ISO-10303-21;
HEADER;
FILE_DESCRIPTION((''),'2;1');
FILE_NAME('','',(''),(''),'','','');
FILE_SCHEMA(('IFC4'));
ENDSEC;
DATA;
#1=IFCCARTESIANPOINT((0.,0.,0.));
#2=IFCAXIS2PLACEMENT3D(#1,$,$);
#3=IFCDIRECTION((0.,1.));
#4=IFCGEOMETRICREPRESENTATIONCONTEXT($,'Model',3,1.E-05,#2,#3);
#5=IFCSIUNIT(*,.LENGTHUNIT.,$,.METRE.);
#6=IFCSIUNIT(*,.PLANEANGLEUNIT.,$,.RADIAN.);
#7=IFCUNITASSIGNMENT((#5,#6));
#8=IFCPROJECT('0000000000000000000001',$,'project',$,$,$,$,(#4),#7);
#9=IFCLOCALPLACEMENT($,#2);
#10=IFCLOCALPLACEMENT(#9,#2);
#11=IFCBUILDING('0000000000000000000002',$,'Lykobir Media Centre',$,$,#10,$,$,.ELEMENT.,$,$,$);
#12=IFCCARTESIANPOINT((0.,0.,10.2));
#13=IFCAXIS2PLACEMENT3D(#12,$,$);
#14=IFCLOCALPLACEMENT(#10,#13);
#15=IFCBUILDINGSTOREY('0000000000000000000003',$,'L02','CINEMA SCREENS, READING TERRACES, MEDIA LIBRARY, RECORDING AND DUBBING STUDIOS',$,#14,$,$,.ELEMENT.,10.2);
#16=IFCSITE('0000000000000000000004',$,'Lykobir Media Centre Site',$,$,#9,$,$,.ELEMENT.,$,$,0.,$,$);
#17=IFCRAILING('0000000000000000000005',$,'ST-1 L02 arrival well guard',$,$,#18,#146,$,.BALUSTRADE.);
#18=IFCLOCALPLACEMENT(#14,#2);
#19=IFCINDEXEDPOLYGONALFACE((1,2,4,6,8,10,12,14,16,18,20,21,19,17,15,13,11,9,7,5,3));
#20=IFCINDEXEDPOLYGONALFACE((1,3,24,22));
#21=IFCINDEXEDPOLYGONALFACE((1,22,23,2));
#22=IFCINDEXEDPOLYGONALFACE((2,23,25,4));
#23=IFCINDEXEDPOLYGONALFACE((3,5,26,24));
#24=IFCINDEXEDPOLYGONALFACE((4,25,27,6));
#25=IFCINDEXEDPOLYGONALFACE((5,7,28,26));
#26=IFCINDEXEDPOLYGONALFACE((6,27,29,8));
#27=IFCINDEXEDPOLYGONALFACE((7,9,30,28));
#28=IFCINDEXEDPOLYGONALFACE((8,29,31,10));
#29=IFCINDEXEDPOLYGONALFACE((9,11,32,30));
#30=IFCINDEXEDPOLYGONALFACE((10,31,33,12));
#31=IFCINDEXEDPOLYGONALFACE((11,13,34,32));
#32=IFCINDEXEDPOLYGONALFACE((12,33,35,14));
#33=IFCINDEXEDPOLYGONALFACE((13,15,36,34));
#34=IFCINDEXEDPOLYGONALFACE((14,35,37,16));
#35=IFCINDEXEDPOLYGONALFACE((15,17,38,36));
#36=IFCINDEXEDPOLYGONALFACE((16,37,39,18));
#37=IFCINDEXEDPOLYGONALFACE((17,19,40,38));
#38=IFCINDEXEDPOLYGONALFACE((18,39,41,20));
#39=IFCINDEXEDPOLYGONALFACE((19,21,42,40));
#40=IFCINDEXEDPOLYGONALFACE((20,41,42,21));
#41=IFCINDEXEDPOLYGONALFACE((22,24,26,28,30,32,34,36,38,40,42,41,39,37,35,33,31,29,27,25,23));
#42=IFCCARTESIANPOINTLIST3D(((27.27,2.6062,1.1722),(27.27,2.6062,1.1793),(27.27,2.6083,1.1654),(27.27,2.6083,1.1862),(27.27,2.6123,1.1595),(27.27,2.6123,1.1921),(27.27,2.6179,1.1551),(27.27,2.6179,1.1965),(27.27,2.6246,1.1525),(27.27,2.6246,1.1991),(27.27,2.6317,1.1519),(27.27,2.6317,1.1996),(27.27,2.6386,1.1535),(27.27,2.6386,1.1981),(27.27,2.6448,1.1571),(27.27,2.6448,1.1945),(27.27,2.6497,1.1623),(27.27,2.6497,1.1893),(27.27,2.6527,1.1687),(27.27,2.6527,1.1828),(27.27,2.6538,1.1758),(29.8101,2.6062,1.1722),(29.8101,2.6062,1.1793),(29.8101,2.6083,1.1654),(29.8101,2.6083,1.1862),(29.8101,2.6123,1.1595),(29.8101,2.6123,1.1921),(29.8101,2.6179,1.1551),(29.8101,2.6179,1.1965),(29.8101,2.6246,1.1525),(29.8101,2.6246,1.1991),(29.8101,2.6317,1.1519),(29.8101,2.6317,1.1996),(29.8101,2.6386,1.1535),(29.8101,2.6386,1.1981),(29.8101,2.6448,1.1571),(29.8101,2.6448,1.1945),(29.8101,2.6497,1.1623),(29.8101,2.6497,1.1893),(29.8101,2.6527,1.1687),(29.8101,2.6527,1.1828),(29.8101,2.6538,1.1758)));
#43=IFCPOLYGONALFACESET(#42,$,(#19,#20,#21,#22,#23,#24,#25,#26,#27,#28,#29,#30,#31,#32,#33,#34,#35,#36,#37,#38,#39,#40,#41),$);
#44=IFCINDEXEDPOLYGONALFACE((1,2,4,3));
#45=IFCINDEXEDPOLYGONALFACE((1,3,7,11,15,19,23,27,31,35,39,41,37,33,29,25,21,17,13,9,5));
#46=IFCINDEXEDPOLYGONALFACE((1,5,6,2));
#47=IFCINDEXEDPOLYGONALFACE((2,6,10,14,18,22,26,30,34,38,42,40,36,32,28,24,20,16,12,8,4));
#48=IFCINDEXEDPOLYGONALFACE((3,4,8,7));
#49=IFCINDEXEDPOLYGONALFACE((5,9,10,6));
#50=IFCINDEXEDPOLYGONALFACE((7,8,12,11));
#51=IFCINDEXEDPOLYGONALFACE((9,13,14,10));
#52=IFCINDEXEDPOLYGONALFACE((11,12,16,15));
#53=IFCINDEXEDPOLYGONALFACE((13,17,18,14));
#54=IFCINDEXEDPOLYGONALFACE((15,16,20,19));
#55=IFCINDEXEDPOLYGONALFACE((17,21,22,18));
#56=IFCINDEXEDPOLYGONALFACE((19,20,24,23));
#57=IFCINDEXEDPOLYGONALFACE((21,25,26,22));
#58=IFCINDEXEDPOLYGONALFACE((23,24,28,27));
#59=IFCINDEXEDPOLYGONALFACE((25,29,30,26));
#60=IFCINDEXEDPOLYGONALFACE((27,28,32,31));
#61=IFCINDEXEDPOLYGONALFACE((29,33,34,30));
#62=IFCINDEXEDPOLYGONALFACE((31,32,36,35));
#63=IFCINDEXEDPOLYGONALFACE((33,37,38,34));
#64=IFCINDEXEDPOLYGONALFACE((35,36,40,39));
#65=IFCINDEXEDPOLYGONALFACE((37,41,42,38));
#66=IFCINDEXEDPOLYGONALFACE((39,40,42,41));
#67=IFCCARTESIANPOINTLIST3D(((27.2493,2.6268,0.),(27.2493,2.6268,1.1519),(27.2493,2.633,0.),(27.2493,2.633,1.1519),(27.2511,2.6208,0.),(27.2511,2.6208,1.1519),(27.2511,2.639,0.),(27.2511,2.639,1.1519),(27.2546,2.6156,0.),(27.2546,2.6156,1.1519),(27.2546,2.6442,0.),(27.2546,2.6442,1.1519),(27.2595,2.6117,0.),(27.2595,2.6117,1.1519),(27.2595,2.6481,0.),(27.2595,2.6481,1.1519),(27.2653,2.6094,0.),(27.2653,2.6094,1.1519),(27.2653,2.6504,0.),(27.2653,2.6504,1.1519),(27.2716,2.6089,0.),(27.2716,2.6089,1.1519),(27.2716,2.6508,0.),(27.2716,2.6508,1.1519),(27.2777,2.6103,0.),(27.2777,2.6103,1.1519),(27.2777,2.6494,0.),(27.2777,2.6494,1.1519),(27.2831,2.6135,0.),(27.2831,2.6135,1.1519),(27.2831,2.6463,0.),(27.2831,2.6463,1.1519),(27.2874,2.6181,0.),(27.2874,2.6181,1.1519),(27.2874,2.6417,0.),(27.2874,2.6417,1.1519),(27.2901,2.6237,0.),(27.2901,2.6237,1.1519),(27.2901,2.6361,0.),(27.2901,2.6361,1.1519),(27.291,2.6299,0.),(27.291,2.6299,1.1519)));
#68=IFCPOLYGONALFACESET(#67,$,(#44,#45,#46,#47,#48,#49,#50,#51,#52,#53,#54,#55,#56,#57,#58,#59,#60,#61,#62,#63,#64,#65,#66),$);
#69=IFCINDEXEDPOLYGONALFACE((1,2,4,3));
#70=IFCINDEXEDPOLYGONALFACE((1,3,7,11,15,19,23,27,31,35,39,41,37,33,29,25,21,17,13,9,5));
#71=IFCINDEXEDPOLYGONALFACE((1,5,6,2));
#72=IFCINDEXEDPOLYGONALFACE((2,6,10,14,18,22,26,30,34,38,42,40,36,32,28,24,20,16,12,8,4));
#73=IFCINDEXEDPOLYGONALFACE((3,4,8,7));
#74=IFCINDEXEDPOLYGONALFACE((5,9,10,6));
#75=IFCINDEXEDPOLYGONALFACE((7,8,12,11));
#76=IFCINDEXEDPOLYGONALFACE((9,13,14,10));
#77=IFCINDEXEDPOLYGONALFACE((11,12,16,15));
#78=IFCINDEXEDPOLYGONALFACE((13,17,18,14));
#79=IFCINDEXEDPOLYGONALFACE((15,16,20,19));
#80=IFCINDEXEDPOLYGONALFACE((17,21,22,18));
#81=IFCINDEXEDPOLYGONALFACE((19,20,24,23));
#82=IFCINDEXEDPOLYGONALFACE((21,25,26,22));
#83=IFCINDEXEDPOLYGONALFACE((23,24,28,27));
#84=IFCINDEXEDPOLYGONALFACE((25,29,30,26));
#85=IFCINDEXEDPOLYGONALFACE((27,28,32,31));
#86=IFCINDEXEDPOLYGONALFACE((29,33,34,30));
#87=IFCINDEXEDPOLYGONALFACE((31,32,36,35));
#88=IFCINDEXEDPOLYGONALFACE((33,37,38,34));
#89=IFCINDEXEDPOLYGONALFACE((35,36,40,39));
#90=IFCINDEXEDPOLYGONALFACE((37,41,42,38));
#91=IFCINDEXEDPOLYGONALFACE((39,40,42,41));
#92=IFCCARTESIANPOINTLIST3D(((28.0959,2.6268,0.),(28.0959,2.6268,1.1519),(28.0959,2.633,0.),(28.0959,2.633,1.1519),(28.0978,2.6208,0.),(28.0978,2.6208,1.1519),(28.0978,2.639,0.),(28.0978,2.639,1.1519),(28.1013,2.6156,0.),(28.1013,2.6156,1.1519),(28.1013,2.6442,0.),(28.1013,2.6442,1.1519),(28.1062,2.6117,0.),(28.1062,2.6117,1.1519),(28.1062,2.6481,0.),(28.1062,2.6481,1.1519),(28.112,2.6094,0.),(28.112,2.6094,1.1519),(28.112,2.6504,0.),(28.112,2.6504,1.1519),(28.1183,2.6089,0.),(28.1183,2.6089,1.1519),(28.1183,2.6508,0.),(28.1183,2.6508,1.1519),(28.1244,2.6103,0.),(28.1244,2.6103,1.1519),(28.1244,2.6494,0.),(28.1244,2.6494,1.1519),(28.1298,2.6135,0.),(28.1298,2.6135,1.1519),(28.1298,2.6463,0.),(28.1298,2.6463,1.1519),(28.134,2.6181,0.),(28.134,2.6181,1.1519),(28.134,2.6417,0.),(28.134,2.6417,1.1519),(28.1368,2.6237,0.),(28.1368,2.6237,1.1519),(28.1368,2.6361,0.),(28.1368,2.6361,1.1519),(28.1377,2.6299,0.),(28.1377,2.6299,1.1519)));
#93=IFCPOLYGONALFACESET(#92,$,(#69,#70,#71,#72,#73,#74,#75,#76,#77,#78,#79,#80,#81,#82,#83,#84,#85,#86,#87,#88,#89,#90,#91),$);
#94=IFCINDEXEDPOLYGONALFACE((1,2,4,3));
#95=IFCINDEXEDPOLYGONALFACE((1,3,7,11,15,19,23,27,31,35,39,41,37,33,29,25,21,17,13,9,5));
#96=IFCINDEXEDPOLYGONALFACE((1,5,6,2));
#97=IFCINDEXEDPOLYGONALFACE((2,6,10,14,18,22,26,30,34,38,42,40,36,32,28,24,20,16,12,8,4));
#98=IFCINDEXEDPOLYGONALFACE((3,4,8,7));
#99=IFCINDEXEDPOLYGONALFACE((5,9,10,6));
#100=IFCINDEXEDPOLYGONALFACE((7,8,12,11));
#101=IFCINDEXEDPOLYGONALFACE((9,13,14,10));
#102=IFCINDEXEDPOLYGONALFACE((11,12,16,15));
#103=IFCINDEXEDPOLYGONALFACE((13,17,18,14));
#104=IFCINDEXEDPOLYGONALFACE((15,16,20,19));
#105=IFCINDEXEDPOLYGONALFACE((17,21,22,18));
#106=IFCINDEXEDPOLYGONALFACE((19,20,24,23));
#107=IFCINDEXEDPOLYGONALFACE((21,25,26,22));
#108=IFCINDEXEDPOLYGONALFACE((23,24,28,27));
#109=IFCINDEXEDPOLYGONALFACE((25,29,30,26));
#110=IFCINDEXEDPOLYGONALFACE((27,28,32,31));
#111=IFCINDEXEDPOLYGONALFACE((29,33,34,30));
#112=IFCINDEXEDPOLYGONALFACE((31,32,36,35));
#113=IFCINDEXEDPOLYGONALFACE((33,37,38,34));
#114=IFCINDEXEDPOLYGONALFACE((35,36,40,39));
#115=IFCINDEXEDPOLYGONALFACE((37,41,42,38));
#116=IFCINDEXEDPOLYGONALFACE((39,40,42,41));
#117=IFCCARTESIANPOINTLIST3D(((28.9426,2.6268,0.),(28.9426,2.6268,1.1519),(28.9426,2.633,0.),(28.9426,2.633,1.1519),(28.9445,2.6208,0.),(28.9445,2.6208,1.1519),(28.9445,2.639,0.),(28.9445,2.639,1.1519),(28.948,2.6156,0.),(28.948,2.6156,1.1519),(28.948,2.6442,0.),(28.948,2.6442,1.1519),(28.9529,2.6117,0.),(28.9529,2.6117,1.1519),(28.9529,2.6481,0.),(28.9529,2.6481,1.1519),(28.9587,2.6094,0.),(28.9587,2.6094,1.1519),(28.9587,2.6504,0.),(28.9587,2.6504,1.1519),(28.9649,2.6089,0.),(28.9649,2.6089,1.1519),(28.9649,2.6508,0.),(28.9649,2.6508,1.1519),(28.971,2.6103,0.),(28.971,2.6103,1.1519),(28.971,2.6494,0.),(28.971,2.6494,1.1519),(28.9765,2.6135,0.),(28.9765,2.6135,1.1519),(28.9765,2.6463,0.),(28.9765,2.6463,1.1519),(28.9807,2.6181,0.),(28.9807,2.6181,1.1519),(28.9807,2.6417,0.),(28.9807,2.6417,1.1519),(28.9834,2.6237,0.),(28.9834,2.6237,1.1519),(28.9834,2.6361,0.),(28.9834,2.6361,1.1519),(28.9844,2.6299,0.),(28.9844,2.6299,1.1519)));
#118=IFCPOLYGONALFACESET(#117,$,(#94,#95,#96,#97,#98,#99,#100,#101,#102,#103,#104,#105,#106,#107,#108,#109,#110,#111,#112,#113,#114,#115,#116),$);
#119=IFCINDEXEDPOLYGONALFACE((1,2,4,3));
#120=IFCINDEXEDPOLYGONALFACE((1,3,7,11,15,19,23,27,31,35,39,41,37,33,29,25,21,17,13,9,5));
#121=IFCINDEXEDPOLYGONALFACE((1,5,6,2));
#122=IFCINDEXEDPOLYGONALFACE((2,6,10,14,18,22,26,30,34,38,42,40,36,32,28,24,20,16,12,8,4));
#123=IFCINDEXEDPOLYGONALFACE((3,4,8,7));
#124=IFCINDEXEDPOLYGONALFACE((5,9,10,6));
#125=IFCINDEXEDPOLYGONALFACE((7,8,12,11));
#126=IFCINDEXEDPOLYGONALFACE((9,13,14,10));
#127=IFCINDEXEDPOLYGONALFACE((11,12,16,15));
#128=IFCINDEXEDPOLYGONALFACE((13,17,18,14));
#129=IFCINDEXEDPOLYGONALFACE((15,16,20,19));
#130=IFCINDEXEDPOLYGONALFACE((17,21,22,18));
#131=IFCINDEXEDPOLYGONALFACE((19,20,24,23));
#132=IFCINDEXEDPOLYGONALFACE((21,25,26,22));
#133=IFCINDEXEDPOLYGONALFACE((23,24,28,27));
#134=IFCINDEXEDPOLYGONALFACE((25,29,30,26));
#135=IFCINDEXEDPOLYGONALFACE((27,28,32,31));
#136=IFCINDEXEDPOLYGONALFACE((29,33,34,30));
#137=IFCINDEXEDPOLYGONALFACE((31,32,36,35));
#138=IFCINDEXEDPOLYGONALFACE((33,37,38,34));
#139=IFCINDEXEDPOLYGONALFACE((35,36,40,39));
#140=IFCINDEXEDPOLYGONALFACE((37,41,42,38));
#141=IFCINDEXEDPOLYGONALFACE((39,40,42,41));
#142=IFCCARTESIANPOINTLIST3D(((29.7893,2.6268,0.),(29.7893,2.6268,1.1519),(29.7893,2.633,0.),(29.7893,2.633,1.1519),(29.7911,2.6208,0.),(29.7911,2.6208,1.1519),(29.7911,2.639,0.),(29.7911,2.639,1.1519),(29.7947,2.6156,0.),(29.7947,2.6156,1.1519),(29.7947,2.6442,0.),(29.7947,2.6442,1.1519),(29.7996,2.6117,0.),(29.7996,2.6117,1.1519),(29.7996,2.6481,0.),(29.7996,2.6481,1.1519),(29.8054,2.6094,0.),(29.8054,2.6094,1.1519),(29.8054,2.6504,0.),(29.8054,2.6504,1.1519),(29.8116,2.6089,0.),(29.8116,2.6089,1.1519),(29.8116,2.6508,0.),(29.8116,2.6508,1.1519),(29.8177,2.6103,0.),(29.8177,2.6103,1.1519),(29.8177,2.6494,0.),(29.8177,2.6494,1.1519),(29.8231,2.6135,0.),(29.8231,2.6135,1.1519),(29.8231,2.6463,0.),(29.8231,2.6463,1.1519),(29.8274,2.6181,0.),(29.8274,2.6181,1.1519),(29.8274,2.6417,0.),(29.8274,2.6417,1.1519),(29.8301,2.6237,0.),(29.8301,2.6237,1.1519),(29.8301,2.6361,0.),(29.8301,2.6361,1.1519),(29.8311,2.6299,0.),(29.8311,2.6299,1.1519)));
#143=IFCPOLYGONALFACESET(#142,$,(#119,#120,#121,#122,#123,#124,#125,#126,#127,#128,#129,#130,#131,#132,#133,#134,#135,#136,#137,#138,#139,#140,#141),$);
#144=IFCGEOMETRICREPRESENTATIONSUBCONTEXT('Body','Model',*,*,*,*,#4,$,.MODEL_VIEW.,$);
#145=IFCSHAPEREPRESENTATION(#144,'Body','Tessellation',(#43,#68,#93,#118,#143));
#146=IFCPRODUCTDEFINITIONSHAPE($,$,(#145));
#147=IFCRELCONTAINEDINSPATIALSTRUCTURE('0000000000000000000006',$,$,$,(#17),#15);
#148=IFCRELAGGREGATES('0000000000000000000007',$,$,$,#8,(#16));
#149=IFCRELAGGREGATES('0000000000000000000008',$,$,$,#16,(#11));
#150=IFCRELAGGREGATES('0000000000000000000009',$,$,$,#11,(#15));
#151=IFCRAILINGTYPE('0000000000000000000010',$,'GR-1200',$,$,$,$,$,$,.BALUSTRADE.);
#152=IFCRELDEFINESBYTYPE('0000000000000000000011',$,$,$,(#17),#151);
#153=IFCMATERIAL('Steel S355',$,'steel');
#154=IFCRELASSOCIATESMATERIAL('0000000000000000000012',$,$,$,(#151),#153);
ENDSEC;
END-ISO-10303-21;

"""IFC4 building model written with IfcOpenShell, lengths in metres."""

from ifc_helpers import new_model, si_unit, direction, frame, origin, origin_2d, place, context, subcontext, project, spatial, circle, extrude, material, type_object, element, save


model = new_model("IFC4")

# Units and contexts
model_context = context("Model", 3, precision=1e-05, world=origin(), true_north=direction((0.0, 1.0)))
body_context = subcontext(model_context, "Body", "Model", "MODEL_VIEW")
ifc_project = project(units=[si_unit("LENGTHUNIT", "METRE"), si_unit("PLANEANGLEUNIT", "RADIAN")], contexts=[model_context])

# Site, building, storey
site_placement = place(None, origin())
site = spatial("IfcSite", under=ifc_project, at=site_placement, Name="Lykobir Media Centre Site", CompositionType="ELEMENT", RefElevation=0.0)
building_placement = place(site_placement, origin())
building = spatial("IfcBuilding", under=site, at=building_placement, Name="Lykobir Media Centre", CompositionType="ELEMENT")
storey_placement = place(building_placement, frame((0.0, 0.0, 10.2)))
storey = spatial("IfcBuildingStorey", under=building, at=storey_placement, Name="L02", Description="CINEMA SCREENS, READING TERRACES, MEDIA LIBRARY, RECORDING AND DUBBING STUDIOS", CompositionType="ELEMENT", Elevation=10.2)

# Shared definitions
ifc_material_1 = material(Name="Steel S355", Category="steel")

# Railing
railing_type_1 = type_object("IfcRailingType", Name="GR-1200", PredefinedType="BALUSTRADE", material=ifc_material_1)
railing_1_placement = place(storey_placement, frame((27.27, 2.6299, 0.0)))
element("IfcRailing", 1, at=railing_1_placement, inside=storey, type_object=railing_type_1, Name="ST-1 L02 arrival well guard", PredefinedType="BALUSTRADE", context=body_context, shape_type="SweptSolid", body=[
    extrude(circle(Radius=0.0239, at=origin_2d()), frame((0.0, 0.0, 1.1758), z_axis=(1.0, 0.0, 0.0), x_axis=(0.0, 1.0, 0.0)), (0.0, 0.0, 1.0), 2.54),
    extrude(circle(Radius=0.021, at=origin_2d()), origin(), (0.0, 0.0, 1.0), 1.1519),
    extrude(circle(Radius=0.021, at=origin_2d()), frame((0.8467, 0.0, 0.0)), (0.0, 0.0, 1.0), 1.1519),
    extrude(circle(Radius=0.021, at=origin_2d()), frame((1.6934, 0.0, 0.0)), (0.0, 0.0, 1.0), 1.1519),
    extrude(circle(Radius=0.021, at=origin_2d()), frame((2.54, 0.0, 0.0)), (0.0, 0.0, 1.0), 1.1519),
])

save(model, "model.ifc")
